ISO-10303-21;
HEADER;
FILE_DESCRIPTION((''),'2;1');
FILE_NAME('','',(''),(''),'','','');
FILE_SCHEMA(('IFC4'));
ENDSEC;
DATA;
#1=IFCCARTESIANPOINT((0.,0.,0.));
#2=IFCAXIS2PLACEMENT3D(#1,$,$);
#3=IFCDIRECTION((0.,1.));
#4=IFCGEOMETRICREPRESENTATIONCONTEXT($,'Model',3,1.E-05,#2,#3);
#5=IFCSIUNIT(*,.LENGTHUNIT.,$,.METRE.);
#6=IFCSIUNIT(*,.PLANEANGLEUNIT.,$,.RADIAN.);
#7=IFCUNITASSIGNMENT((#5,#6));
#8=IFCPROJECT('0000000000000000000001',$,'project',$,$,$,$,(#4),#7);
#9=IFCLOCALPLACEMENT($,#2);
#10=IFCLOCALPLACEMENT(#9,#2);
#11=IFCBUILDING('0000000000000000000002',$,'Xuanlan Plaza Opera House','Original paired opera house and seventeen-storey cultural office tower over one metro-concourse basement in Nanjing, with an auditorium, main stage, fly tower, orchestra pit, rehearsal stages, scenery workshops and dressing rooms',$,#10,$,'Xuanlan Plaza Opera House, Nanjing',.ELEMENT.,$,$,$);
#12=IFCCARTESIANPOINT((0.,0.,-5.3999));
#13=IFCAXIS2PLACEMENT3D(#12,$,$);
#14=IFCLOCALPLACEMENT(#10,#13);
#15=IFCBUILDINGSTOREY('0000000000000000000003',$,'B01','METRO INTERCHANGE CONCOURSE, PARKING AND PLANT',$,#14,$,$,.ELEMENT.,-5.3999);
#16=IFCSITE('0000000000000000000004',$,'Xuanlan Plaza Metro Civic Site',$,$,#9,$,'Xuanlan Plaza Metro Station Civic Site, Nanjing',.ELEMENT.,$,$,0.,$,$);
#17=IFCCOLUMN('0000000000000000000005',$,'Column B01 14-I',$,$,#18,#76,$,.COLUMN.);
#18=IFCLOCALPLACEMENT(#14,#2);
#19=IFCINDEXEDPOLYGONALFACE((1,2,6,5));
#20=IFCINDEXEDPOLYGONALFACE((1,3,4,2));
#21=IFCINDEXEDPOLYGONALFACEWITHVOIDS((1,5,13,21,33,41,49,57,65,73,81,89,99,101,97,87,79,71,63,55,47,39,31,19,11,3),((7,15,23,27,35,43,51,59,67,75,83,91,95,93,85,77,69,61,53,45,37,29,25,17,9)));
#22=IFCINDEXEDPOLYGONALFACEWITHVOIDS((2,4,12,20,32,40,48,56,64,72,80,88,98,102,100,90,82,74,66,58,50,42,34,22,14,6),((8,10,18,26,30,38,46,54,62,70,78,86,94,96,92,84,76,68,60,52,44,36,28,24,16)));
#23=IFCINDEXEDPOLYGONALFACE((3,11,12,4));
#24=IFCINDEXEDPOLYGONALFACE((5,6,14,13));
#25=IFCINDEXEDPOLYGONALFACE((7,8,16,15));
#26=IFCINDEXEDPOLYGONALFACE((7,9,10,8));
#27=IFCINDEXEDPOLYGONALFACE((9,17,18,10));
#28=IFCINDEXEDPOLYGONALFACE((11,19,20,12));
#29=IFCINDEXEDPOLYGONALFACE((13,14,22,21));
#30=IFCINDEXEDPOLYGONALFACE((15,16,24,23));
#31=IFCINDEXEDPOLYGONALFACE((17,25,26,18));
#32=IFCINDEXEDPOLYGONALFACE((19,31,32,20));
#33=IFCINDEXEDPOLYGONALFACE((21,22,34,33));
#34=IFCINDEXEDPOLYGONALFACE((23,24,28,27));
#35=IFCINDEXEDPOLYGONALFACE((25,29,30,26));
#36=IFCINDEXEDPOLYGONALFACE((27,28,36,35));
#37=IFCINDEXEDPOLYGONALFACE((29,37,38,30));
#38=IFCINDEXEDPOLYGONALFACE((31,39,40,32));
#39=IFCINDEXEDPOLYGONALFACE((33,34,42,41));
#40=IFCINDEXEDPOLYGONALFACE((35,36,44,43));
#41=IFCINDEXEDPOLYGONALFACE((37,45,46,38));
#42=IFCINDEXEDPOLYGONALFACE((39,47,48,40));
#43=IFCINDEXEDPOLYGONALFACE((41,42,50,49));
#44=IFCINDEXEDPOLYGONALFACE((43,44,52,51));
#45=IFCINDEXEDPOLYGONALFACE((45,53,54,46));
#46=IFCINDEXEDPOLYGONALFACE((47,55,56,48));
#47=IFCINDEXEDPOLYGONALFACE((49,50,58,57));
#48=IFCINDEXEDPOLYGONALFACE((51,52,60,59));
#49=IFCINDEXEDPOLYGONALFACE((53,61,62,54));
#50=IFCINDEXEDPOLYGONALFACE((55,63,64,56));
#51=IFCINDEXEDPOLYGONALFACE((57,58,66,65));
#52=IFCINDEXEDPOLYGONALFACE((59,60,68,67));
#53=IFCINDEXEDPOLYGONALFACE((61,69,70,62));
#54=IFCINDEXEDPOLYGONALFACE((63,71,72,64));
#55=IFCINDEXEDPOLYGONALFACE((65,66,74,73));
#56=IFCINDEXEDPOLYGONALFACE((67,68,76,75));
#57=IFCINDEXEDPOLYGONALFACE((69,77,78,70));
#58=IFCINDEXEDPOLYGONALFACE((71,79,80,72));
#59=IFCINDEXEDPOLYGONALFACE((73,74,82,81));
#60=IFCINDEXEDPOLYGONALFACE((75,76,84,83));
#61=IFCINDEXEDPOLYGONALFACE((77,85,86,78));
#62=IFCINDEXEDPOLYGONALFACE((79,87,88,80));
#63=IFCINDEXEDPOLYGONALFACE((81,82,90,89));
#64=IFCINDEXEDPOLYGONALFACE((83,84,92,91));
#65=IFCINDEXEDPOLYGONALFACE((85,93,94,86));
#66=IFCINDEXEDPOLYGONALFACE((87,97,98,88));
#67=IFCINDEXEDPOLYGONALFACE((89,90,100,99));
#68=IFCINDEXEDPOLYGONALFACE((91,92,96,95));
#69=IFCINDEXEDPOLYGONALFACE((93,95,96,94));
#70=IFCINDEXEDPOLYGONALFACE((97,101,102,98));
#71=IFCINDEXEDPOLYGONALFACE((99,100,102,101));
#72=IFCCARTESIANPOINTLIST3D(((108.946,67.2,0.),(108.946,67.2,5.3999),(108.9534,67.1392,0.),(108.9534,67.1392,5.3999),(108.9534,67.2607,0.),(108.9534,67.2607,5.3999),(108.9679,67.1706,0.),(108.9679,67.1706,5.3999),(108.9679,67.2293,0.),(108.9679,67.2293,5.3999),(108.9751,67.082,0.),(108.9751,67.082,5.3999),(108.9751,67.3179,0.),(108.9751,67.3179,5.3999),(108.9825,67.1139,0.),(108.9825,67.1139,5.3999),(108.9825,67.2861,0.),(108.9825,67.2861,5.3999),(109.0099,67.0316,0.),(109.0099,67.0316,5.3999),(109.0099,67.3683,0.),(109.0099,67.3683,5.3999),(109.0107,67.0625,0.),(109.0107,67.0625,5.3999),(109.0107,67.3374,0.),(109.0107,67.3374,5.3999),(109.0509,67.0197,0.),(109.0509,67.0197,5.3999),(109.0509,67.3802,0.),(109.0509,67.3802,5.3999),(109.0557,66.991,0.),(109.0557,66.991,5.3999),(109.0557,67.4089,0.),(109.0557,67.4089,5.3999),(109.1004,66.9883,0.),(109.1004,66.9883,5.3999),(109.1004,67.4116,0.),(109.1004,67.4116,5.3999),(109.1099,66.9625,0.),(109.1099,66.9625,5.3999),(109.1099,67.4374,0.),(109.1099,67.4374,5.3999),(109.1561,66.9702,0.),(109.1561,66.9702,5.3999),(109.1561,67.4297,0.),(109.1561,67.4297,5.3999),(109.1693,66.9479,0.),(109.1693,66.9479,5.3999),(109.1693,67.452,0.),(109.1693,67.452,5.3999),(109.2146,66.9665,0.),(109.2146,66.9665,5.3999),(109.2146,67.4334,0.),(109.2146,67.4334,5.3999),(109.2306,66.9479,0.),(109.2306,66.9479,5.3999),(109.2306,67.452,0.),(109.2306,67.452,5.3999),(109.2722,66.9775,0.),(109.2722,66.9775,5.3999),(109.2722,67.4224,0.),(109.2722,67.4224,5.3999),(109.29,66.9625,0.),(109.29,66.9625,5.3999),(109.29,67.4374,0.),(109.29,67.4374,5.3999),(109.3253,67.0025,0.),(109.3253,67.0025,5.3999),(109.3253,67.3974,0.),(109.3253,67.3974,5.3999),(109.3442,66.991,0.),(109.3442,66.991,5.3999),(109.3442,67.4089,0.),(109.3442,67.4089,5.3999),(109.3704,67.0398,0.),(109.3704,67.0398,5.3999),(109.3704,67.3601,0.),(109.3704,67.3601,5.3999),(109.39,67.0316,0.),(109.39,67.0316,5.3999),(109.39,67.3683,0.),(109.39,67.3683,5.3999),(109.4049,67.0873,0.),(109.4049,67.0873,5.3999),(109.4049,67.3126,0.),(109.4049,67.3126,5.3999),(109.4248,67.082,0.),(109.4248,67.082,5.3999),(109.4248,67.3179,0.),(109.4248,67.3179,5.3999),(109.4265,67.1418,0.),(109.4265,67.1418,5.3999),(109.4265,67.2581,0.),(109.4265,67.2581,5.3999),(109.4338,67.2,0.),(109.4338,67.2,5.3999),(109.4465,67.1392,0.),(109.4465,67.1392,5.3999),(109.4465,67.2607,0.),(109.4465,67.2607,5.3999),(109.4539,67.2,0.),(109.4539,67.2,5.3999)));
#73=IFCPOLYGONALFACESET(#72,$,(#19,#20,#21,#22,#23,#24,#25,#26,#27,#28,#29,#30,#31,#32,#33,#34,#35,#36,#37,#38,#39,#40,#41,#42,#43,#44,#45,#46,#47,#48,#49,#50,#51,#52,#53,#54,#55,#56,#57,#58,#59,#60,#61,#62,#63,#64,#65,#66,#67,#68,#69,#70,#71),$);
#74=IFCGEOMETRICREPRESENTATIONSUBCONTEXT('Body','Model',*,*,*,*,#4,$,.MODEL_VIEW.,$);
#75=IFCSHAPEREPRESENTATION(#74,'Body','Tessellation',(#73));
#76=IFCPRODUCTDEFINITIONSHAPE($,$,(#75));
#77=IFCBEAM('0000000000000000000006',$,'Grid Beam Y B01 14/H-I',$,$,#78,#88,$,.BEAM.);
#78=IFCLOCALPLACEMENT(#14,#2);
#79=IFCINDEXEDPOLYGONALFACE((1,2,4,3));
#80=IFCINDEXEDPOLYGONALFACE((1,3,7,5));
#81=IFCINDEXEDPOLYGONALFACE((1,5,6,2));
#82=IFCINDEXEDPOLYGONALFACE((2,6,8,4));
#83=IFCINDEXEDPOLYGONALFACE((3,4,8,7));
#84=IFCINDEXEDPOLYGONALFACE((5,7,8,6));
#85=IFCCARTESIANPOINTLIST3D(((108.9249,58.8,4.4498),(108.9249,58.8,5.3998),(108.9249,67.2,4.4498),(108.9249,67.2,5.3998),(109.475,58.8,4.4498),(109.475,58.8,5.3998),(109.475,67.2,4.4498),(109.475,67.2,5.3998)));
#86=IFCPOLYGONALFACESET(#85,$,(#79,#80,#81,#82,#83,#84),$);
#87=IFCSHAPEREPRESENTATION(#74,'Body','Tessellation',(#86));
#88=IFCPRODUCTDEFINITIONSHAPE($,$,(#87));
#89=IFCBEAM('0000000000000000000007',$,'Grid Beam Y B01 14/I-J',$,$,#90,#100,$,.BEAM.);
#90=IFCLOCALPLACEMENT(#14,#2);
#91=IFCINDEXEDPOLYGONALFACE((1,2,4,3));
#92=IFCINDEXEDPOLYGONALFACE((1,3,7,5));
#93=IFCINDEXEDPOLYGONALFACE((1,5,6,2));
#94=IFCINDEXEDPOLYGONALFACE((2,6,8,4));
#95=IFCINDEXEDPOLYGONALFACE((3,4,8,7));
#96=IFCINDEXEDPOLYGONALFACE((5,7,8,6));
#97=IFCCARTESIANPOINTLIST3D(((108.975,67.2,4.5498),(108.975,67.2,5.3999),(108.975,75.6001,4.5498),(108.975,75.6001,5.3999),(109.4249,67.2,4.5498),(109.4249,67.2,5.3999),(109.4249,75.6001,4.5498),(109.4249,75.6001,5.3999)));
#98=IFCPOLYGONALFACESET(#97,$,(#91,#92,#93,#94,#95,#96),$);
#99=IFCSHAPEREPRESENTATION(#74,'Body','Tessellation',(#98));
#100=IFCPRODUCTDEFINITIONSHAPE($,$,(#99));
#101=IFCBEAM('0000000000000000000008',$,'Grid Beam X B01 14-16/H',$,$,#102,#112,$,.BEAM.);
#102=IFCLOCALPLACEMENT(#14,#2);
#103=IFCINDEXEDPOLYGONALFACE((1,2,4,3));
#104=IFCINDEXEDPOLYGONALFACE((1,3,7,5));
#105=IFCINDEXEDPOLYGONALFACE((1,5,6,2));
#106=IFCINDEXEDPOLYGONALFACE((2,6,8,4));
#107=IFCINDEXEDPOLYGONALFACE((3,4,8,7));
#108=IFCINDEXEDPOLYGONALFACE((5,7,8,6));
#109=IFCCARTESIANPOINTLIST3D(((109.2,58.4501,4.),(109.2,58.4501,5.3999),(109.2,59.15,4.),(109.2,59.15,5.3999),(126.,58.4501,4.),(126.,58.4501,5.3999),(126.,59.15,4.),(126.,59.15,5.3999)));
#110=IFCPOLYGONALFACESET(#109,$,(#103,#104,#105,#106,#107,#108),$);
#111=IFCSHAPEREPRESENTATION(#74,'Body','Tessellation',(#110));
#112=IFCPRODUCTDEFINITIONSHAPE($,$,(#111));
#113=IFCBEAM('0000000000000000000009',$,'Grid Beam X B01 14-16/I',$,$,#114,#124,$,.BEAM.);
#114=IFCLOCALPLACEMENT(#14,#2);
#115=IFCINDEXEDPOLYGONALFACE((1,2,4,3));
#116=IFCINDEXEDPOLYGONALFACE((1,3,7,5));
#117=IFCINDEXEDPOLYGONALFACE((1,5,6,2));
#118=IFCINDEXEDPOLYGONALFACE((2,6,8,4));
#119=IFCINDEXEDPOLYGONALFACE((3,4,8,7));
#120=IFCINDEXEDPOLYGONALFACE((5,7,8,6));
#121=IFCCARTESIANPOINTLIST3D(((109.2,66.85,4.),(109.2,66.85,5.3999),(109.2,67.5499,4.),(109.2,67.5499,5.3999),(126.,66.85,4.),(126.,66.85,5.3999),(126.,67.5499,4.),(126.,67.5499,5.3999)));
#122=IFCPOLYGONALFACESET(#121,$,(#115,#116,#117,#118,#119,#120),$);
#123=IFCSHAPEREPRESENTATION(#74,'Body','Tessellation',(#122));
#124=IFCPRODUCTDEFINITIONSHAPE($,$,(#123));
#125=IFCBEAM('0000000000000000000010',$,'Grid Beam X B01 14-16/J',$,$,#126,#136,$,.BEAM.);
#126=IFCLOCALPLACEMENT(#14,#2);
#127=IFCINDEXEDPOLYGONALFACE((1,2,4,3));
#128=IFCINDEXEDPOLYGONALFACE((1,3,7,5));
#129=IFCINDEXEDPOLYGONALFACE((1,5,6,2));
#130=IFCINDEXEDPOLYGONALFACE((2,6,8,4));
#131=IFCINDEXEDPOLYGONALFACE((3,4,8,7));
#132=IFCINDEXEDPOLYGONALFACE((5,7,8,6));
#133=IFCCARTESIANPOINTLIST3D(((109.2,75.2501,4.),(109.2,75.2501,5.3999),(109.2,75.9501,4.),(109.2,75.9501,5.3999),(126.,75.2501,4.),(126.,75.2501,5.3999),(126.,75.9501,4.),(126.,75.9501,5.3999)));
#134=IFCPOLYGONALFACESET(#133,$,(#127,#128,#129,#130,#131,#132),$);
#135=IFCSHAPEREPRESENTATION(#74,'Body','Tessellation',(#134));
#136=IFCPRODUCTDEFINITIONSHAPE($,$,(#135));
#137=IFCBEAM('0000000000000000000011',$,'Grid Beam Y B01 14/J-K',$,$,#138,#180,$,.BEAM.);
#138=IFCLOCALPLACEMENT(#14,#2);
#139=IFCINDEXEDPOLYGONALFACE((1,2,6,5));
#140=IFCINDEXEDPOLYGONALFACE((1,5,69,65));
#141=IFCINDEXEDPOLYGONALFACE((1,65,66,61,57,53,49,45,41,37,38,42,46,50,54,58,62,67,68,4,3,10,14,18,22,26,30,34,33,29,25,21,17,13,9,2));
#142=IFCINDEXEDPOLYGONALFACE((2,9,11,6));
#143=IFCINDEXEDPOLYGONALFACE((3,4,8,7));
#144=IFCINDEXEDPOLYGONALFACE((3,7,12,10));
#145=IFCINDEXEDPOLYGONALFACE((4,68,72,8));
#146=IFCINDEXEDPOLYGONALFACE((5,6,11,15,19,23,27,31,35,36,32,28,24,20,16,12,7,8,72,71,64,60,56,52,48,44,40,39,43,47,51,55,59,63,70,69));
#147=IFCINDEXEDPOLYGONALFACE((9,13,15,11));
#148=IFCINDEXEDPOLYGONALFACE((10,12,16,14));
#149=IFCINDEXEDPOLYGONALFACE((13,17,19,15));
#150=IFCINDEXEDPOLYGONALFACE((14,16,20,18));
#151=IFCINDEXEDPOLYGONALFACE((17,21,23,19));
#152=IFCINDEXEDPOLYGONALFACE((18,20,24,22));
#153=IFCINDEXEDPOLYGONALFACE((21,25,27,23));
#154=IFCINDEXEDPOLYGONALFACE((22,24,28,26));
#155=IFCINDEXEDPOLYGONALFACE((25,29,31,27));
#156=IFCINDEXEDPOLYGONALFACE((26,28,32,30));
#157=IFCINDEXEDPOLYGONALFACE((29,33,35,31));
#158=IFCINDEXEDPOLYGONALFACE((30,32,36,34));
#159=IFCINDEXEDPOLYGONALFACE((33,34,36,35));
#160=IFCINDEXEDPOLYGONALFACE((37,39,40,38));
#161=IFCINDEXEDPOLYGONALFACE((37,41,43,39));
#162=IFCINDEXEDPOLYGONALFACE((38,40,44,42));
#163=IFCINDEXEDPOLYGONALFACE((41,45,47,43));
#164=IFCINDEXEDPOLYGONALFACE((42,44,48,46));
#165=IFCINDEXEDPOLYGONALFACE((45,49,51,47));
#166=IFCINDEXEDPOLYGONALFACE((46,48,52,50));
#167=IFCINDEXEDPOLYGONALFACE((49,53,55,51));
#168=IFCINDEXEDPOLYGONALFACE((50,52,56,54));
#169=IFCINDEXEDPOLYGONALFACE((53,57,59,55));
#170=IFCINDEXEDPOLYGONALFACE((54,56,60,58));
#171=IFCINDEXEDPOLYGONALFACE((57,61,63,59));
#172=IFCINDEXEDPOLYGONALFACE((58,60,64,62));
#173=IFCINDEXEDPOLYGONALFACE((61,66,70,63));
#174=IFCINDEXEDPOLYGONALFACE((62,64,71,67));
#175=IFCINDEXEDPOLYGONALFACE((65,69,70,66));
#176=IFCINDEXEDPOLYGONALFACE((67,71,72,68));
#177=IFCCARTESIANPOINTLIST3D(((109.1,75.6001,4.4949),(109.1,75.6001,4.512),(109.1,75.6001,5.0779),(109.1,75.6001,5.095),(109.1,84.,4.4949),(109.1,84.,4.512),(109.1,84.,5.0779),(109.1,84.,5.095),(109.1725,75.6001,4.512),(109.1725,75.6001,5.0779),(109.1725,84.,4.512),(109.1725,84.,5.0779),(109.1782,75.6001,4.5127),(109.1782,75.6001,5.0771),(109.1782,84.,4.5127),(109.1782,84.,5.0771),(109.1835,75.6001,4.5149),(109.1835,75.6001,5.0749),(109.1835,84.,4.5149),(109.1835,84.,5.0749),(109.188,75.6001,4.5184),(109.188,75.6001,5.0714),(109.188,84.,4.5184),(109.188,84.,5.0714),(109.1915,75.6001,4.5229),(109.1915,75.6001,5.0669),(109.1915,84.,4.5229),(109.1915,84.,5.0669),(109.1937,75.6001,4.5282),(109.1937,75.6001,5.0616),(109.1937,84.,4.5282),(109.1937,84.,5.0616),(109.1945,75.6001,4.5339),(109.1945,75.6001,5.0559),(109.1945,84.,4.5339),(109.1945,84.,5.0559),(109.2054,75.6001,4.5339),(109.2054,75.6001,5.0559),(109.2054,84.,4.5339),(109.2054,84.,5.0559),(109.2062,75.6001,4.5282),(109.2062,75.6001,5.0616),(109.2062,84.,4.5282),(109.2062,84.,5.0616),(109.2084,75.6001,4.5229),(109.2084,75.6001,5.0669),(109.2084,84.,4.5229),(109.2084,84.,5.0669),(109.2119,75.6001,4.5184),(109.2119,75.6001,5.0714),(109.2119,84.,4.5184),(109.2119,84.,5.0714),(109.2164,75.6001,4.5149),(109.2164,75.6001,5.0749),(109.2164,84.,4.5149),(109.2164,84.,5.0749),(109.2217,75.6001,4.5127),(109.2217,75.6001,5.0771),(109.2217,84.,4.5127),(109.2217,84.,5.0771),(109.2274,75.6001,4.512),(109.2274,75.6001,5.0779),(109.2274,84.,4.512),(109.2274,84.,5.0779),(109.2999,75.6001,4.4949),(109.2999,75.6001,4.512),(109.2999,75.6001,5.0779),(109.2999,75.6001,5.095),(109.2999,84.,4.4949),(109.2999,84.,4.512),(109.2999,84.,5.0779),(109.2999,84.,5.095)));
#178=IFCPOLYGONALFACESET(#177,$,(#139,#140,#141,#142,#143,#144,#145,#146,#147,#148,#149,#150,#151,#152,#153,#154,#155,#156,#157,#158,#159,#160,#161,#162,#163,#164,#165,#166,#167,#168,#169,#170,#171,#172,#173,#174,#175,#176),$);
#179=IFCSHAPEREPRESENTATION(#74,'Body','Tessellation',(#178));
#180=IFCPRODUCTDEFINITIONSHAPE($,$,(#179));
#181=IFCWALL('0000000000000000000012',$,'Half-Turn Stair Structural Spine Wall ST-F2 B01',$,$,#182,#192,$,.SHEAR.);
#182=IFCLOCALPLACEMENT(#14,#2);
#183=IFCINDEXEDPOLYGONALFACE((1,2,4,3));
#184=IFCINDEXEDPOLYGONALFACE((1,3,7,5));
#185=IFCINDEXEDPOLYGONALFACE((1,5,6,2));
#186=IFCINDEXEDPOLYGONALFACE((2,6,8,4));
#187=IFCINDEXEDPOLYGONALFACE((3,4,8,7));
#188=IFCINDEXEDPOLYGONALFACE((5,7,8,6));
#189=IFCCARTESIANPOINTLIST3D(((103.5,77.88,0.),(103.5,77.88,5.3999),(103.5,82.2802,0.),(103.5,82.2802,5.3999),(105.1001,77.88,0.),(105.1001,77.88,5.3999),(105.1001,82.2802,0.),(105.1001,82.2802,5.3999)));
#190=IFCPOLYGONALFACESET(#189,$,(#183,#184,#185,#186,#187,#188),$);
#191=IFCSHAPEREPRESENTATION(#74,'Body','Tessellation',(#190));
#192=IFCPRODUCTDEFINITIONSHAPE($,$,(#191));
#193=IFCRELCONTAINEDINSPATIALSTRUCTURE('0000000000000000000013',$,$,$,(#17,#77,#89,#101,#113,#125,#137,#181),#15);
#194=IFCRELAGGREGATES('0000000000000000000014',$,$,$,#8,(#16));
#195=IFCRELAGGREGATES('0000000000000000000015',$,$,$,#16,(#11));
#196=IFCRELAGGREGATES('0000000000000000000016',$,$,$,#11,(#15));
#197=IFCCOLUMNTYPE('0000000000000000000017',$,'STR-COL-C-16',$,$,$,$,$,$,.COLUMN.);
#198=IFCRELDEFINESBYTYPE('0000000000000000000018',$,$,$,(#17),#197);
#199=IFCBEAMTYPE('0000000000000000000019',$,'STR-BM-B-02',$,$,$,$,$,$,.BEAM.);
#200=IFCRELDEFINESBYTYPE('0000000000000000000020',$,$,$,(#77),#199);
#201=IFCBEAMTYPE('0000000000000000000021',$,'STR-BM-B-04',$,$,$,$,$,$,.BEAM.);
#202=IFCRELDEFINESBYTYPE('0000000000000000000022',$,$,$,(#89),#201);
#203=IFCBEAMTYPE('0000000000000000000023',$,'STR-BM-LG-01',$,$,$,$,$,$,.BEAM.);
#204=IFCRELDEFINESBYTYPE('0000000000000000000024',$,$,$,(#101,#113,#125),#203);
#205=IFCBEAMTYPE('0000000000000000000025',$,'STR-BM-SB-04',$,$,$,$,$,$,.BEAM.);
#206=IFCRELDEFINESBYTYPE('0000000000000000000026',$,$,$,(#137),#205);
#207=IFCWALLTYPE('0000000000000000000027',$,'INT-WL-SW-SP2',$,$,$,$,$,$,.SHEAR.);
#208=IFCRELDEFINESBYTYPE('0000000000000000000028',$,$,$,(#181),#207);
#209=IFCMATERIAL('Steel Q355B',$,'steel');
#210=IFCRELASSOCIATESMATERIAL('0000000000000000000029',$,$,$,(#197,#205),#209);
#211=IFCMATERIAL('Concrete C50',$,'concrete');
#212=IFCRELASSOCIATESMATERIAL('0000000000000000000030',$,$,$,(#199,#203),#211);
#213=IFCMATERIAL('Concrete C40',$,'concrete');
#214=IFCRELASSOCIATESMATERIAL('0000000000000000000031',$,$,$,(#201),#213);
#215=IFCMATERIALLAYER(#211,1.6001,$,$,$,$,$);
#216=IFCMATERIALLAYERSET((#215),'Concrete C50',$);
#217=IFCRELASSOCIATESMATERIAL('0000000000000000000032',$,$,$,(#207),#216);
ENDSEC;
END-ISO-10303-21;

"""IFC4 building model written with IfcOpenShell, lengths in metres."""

from ifc_helpers import new_model, si_unit, direction, frame, frame_2d, origin, origin_2d, place, context, subcontext, project, spatial, rectangle, hollow_circle, i_section, extrude, material, layer, layer_set, material_profile, profile_set, type_object, element, save


model = new_model("IFC4")

# Units and contexts
model_context = context("Model", 3, precision=1e-05, world=origin(), true_north=direction((0.0, 1.0)))
body_context = subcontext(model_context, "Body", "Model", "MODEL_VIEW")
ifc_project = project(units=[si_unit("LENGTHUNIT", "METRE"), si_unit("PLANEANGLEUNIT", "RADIAN")], contexts=[model_context])

# Site, building, storey
site_placement = place(None, origin())
site = spatial("IfcSite", under=ifc_project, at=site_placement, Name="Xuanlan Plaza Metro Civic Site", LongName="Xuanlan Plaza Metro Station Civic Site, Nanjing", CompositionType="ELEMENT", RefElevation=0.0)
building_placement = place(site_placement, origin())
building = spatial("IfcBuilding", under=site, at=building_placement, Name="Xuanlan Plaza Opera House", Description="Original paired opera house and seventeen-storey cultural office tower over one metro-concourse basement in Nanjing, with an auditorium, main stage, fly tower, orchestra pit, rehearsal stages, scenery workshops and dressing rooms", LongName="Xuanlan Plaza Opera House, Nanjing", CompositionType="ELEMENT")
storey_placement = place(building_placement, frame((0.0, 0.0, -5.3999)))
storey = spatial("IfcBuildingStorey", under=building, at=storey_placement, Name="B01", Description="METRO INTERCHANGE CONCOURSE, PARKING AND PLANT", CompositionType="ELEMENT", Elevation=-5.3999)

# Shared definitions
ifc_material_1 = material(Name="Concrete C40", Category="concrete")
ifc_material_2 = material(Name="Concrete C50", Category="concrete")

# Column
ifc_material_3 = material(Name="Steel Q355B", Category="steel")
ifc_material_profile_1 = material_profile(ifc_material_3, hollow_circle(Radius=0.2539, WallThickness=0.02, at=origin_2d()), Name="CHS 508x20")
ifc_profile_set_1 = profile_set([ifc_material_profile_1], Name="Steel Q355B")
column_type_1 = type_object("IfcColumnType", Name="STR-COL-C-16", PredefinedType="COLUMN", material=ifc_profile_set_1)
column_placement = place(storey_placement, frame((109.2, 67.2, 0.0), z_axis=(0.0, 0.0, 1.0), x_axis=(1.0, 0.0, 0.0)))
element("IfcColumn", 1, at=column_placement, inside=storey, type_object=column_type_1, Name="Column B01 14-I", PredefinedType="COLUMN", context=body_context, shape_type="SweptSolid", body=[
    extrude(hollow_circle(Radius=0.2539, WallThickness=0.02, at=origin_2d()), origin(), (0.0, 0.0, 1.0), 5.3999),
])

# Beams
ifc_material_profile_2 = material_profile(ifc_material_2, rectangle(XDim=0.55, YDim=0.95, at=origin_2d()), Name="RC-BM 550x950")
ifc_profile_set_2 = profile_set([ifc_material_profile_2], Name="Concrete C50")
beam_type_1 = type_object("IfcBeamType", Name="STR-BM-B-02", PredefinedType="BEAM", material=ifc_profile_set_2)
beam_1_placement = place(storey_placement, frame((109.2, 58.8, 4.9248), z_axis=(0.0, 1.0, 0.0), x_axis=(-1.0, 0.0, 0.0)))
element("IfcBeam", 2, at=beam_1_placement, inside=storey, type_object=beam_type_1, Name="Grid Beam Y B01 14/H-I", PredefinedType="BEAM", context=body_context, shape_type="SweptSolid", body=[
    extrude(rectangle(XDim=0.55, YDim=0.95, at=origin_2d()), origin(), (0.0, 0.0, 1.0), 8.3999),
])
ifc_material_profile_3 = material_profile(ifc_material_1, rectangle(XDim=0.45, YDim=0.8501, at=origin_2d()), Name="RC-BM 450x850")
ifc_profile_set_3 = profile_set([ifc_material_profile_3], Name="Concrete C40")
beam_type_2 = type_object("IfcBeamType", Name="STR-BM-B-04", PredefinedType="BEAM", material=ifc_profile_set_3)
beam_2_placement = place(storey_placement, frame((109.2, 67.2, 4.9749), z_axis=(0.0, 1.0, 0.0), x_axis=(-1.0, 0.0, 0.0)))
element("IfcBeam", 3, at=beam_2_placement, inside=storey, type_object=beam_type_2, Name="Grid Beam Y B01 14/I-J", PredefinedType="BEAM", context=body_context, shape_type="SweptSolid", body=[
    extrude(rectangle(XDim=0.45, YDim=0.8501, at=origin_2d()), origin(), (0.0, 0.0, 1.0), 8.4001),
])
ifc_material_profile_4 = material_profile(ifc_material_2, rectangle(XDim=0.7, YDim=1.3999, at=origin_2d()), Name="RC-LG 700x1400")
ifc_profile_set_4 = profile_set([ifc_material_profile_4], Name="Concrete C50")
beam_type_3 = type_object("IfcBeamType", Name="STR-BM-LG-01", PredefinedType="BEAM", material=ifc_profile_set_4)
for number, where, z_axis, x_axis, name in (
    (4, (109.2, 58.8, 4.7), (1.0, 0.0, 0.0), (0.0, 1.0, 0.0), "Grid Beam X B01 14-16/H"),
    (5, (109.2, 67.2, 4.7), (1.0, 0.0, 0.0), (0.0, 1.0, 0.0), "Grid Beam X B01 14-16/I"),
    (6, (109.2, 75.6001, 4.7), (1.0, 0.0, 0.0), (0.0, 1.0, 0.0), "Grid Beam X B01 14-16/J"),
):
    element("IfcBeam", number, at=place(storey_placement, frame(where, z_axis=z_axis, x_axis=x_axis)), inside=storey, type_object=beam_type_3, Name=name, PredefinedType="BEAM", context=body_context, shape_type="SweptSolid", body=[
        extrude(rectangle(XDim=0.7, YDim=1.3999, at=origin_2d()), origin(), (0.0, 0.0, 1.0), 16.8),
    ])
ifc_material_profile_5 = material_profile(ifc_material_3, i_section(OverallWidth=0.2, OverallDepth=0.6001, WebThickness=0.011, FlangeThickness=0.0171, FilletRadius=0.022, at=origin_2d()), Name="HN 600x200x11x17")
ifc_profile_set_5 = profile_set([ifc_material_profile_5], Name="Steel Q355B")
beam_type_4 = type_object("IfcBeamType", Name="STR-BM-SB-04", PredefinedType="BEAM", material=ifc_profile_set_5)
beam_3_placement = place(storey_placement, frame((109.2, 75.6001, 4.7949), z_axis=(0.0, 1.0, 0.0), x_axis=(-1.0, 0.0, 0.0)))
element("IfcBeam", 7, at=beam_3_placement, inside=storey, type_object=beam_type_4, Name="Grid Beam Y B01 14/J-K", PredefinedType="BEAM", context=body_context, shape_type="SweptSolid", body=[
    extrude(i_section(OverallWidth=0.2, OverallDepth=0.6001, WebThickness=0.011, FlangeThickness=0.0171, FilletRadius=0.022, at=origin_2d()), origin(), (0.0, 0.0, 1.0), 8.3999),
])

# Wall
ifc_layer_1 = layer(ifc_material_2, 1.6001)
ifc_layer_set_1 = layer_set([ifc_layer_1], Name="Concrete C50")
wall_type_1 = type_object("IfcWallType", Name="INT-WL-SW-SP2", PredefinedType="SHEAR", material=ifc_layer_set_1)
wall_1_placement = place(storey_placement, frame((104.3, 77.8799, 0.0), z_axis=(0.0, 0.0, 1.0), x_axis=(0.0, 1.0, 0.0)))
element("IfcWall", 8, at=wall_1_placement, inside=storey, type_object=wall_type_1, Name="Half-Turn Stair Structural Spine Wall ST-F2 B01", PredefinedType="SHEAR", context=body_context, shape_type="SweptSolid", body=[
    extrude(rectangle(XDim=4.4001, YDim=1.6001, at=frame_2d((2.2002, 0.0))), origin(), (0.0, 0.0, 1.0), 5.3999),
])

save(model, "model.ifc")
